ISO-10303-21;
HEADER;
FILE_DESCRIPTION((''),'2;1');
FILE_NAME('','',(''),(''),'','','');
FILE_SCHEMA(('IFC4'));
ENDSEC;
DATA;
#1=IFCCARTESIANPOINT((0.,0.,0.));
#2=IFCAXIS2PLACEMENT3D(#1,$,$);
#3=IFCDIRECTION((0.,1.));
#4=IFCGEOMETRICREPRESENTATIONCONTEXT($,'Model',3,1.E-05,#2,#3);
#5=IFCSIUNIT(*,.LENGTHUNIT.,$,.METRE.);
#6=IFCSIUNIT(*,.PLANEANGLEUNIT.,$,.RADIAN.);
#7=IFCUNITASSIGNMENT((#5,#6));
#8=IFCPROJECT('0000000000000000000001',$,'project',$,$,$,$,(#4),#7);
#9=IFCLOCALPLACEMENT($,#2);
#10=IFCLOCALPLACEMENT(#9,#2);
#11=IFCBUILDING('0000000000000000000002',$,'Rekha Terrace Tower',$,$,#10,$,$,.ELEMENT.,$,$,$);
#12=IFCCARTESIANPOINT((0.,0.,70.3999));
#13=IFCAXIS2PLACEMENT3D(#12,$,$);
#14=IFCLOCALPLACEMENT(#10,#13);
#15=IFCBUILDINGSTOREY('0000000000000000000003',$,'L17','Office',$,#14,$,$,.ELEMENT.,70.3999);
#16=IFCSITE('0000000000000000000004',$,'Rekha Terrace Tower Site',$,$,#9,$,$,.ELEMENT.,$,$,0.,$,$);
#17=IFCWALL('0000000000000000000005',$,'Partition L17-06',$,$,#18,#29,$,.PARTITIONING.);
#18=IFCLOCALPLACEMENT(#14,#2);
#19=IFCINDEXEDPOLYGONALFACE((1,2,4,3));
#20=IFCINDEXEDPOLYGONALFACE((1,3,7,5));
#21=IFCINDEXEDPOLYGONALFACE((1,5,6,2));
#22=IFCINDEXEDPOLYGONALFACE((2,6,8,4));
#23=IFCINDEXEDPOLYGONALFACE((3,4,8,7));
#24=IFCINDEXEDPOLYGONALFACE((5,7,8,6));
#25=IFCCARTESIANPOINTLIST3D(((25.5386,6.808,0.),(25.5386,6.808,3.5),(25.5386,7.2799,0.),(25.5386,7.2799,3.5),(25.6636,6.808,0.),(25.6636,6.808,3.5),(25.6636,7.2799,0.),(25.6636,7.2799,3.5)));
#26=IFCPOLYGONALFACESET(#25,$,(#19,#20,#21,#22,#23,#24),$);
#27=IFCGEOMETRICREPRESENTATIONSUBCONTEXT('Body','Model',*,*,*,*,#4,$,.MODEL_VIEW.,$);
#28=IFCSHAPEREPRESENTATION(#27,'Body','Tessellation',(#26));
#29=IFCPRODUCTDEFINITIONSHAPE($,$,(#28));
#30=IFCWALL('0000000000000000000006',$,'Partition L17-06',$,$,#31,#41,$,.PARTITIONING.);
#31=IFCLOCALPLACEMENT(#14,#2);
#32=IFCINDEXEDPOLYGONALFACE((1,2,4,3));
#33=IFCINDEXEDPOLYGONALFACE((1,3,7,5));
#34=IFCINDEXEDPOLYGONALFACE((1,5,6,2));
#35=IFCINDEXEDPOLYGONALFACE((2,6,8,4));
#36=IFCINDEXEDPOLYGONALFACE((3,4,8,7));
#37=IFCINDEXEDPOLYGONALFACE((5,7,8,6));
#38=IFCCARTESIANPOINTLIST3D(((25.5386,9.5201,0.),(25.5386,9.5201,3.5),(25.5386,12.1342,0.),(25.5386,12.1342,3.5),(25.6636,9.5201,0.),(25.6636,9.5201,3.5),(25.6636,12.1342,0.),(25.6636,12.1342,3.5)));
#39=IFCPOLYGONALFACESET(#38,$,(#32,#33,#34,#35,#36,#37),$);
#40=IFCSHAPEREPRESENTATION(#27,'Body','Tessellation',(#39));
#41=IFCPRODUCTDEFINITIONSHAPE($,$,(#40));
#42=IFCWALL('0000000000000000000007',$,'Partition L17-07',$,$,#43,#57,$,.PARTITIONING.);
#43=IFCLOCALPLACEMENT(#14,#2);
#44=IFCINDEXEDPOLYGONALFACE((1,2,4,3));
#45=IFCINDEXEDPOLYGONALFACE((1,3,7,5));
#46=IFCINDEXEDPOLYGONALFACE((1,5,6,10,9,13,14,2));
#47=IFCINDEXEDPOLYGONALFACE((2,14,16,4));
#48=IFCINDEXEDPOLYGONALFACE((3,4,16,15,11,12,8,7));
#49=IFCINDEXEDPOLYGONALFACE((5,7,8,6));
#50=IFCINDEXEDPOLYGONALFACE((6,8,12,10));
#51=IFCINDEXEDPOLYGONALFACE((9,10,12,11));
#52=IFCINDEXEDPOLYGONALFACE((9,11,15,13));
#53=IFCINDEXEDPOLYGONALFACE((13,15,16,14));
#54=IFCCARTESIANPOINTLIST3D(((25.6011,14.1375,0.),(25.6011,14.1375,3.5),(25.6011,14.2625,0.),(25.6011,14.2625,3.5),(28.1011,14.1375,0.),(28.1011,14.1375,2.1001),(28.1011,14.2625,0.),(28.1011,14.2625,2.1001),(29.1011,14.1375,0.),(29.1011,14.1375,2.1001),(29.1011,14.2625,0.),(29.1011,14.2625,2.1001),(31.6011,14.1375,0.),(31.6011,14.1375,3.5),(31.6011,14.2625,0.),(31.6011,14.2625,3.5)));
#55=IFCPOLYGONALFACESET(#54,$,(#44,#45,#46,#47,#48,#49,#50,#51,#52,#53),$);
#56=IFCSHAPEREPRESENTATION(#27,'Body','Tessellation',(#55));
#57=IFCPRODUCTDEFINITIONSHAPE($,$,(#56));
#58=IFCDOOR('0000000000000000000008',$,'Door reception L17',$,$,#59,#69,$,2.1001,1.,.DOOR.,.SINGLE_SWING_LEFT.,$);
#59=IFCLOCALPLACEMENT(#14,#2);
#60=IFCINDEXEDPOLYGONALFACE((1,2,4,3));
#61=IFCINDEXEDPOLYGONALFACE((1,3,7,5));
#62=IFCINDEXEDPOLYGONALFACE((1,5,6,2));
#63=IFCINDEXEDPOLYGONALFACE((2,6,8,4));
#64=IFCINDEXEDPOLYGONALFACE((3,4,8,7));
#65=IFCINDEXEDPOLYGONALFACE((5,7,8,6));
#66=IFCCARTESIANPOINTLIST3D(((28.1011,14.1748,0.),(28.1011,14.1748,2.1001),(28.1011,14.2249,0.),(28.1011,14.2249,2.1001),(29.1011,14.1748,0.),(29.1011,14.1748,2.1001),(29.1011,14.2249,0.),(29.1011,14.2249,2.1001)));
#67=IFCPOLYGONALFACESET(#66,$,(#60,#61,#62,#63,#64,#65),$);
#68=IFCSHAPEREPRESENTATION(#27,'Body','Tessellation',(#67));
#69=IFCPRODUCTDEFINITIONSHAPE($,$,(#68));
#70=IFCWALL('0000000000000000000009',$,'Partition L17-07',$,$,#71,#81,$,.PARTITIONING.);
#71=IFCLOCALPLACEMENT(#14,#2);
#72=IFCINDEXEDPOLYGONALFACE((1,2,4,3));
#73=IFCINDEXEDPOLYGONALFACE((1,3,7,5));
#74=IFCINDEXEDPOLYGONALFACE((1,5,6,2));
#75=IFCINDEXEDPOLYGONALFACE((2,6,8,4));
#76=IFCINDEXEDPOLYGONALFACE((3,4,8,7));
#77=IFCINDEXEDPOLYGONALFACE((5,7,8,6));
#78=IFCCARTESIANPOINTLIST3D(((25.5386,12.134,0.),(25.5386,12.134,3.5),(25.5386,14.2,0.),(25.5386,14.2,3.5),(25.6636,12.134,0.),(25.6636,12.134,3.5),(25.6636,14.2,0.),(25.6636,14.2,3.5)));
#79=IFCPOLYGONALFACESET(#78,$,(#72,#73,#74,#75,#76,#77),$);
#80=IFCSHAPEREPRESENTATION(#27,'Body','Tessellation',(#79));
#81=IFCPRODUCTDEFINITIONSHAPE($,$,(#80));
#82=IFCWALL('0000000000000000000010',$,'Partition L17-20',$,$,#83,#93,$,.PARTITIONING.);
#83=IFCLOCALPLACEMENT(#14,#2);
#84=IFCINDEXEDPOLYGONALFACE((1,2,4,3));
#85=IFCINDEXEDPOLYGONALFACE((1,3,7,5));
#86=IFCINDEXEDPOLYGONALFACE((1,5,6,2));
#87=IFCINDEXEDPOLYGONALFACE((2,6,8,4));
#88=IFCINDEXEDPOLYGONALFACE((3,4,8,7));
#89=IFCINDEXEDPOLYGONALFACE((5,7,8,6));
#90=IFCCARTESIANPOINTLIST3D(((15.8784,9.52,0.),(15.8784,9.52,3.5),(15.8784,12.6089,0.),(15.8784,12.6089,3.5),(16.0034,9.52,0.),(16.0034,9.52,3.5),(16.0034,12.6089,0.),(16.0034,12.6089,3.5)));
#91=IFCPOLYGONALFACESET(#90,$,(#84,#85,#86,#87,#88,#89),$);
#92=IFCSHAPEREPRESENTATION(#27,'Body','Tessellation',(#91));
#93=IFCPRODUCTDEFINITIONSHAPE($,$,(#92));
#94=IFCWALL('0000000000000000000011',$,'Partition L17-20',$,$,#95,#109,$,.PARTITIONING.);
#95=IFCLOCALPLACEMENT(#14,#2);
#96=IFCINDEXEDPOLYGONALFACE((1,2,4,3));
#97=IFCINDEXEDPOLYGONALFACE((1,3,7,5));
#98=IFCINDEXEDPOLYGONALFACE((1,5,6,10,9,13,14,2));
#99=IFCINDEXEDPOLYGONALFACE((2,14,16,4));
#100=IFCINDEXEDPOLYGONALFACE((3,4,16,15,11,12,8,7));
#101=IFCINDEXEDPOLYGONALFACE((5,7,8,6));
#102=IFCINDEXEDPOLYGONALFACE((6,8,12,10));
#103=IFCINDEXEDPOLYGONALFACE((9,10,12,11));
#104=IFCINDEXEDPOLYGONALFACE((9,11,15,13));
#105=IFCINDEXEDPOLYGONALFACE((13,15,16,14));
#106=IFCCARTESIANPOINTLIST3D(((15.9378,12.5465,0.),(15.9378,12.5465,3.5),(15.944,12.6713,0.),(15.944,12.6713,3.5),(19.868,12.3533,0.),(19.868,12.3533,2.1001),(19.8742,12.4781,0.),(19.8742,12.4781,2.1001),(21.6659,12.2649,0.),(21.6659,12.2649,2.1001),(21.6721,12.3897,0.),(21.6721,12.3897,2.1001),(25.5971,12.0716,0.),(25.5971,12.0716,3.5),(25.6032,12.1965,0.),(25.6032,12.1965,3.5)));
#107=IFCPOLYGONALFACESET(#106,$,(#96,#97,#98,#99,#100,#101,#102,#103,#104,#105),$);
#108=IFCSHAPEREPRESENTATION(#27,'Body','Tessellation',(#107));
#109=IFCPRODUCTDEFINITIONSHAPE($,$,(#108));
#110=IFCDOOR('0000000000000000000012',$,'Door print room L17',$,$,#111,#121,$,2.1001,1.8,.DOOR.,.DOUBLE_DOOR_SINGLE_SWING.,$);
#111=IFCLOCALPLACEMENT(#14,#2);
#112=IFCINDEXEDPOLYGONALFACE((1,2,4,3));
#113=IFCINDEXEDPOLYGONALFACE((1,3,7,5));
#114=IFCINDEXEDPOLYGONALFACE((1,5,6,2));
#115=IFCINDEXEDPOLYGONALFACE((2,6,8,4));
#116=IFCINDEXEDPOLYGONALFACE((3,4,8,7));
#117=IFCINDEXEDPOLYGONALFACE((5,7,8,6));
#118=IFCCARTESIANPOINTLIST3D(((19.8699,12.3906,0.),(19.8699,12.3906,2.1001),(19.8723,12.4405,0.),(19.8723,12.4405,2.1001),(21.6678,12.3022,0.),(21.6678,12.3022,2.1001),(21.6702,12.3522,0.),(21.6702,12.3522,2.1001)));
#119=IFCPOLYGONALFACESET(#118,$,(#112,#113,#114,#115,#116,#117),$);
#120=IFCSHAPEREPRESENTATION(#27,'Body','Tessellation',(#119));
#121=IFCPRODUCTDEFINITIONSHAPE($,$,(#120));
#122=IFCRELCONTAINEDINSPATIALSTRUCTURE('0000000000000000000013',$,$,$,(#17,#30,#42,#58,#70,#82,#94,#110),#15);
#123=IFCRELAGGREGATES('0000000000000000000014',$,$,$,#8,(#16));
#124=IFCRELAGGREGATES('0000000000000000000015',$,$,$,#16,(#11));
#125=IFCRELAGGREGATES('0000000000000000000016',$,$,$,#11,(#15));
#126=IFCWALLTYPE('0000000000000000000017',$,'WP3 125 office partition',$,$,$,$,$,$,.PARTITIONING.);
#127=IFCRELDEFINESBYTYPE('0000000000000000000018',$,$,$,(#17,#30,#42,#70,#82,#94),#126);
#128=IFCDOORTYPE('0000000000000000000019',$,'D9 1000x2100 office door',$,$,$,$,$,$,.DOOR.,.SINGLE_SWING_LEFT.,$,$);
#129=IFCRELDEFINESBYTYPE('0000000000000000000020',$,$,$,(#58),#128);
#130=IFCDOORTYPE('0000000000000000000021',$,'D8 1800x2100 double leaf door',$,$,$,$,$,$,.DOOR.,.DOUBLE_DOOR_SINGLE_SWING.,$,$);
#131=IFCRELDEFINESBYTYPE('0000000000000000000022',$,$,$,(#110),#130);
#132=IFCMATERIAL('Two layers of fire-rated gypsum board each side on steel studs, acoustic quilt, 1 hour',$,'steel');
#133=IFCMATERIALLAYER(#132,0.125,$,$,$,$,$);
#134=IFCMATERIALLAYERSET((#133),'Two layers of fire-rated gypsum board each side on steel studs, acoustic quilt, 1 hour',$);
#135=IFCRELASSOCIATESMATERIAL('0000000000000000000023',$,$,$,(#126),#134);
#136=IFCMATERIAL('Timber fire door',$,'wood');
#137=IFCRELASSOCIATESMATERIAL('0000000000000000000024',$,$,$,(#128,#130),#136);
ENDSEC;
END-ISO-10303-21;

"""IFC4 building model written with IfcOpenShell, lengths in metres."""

from ifc_helpers import new_model, si_unit, direction, frame, frame_2d, origin, place, context, subcontext, project, spatial, rectangle, extrude, material, layer, layer_set, type_object, element, fill, save


model = new_model("IFC4")

# Units and contexts
model_context = context("Model", 3, precision=1e-05, world=origin(), true_north=direction((0.0, 1.0)))
body_context = subcontext(model_context, "Body", "Model", "MODEL_VIEW")
ifc_project = project(units=[si_unit("LENGTHUNIT", "METRE"), si_unit("PLANEANGLEUNIT", "RADIAN")], contexts=[model_context])

# Site, building, storey
site_placement = place(None, origin())
site = spatial("IfcSite", under=ifc_project, at=site_placement, Name="Rekha Terrace Tower Site", CompositionType="ELEMENT", RefElevation=0.0)
building_placement = place(site_placement, origin())
building = spatial("IfcBuilding", under=site, at=building_placement, Name="Rekha Terrace Tower", CompositionType="ELEMENT")
storey_placement = place(building_placement, frame((0.0, 0.0, 70.3999)))
storey = spatial("IfcBuildingStorey", under=building, at=storey_placement, Name="L17", Description="Office", CompositionType="ELEMENT", Elevation=70.3999)

# Walls
ifc_material_1 = material(Name="Two layers of fire-rated gypsum board each side on steel studs, acoustic quilt, 1 hour", Category="steel")
ifc_layer_1 = layer(ifc_material_1, 0.125)
ifc_layer_set_1 = layer_set([ifc_layer_1], Name="Two layers of fire-rated gypsum board each side on steel studs, acoustic quilt, 1 hour")
wall_type_1 = type_object("IfcWallType", Name="WP3 125 office partition", PredefinedType="PARTITIONING", material=ifc_layer_set_1)
wall_1_placement = place(storey_placement, frame((25.6011, 6.8081, 0.0), z_axis=(0.0, 0.0, 1.0), x_axis=(0.0, 1.0, 0.0)))
element("IfcWall", 1, at=wall_1_placement, inside=storey, type_object=wall_type_1, Name="Partition L17-06", PredefinedType="PARTITIONING", context=body_context, shape_type="SweptSolid", body=[
    extrude(rectangle(XDim=0.4719, YDim=0.125, at=frame_2d((0.2358, 0.0))), origin(), (0.0, 0.0, 1.0), 3.5),
])
wall_2_placement = place(storey_placement, frame((25.6011, 9.52, 0.0), z_axis=(0.0, 0.0, 1.0), x_axis=(0.0, 1.0, 0.0)))
element("IfcWall", 2, at=wall_2_placement, inside=storey, type_object=wall_type_1, Name="Partition L17-06", PredefinedType="PARTITIONING", context=body_context, shape_type="SweptSolid", body=[
    extrude(rectangle(XDim=2.614, YDim=0.125, at=frame_2d((1.3071, 0.0))), origin(), (0.0, 0.0, 1.0), 3.5),
])

# Wall, opening, door
wall_3_placement = place(storey_placement, frame((25.6011, 14.2, 0.0), z_axis=(0.0, 0.0, 1.0), x_axis=(1.0, 0.0, 0.0)))
wall_3 = element("IfcWall", 3, at=wall_3_placement, inside=storey, type_object=wall_type_1, Name="Partition L17-07", PredefinedType="PARTITIONING", context=body_context, shape_type="SweptSolid", body=[
    extrude(rectangle(XDim=6.0, YDim=0.125, at=frame_2d((3.0, 0.0))), origin(), (0.0, 0.0, 1.0), 3.5),
])
opening_1_placement = place(wall_3_placement, frame((2.5, 0.0, 0.0)))
opening_1 = element("IfcOpeningElement", 4, at=opening_1_placement, cuts=wall_3, PredefinedType="OPENING", context=body_context, shape_type="SweptSolid", body=[
    extrude(rectangle(XDim=1.0, YDim=2.1001, at=frame_2d((0.5, 1.05))), frame((0.0, 0.0725, 0.0), z_axis=(0.0, -1.0, 0.0), x_axis=(1.0, 0.0, 0.0)), (0.0, 0.0, 1.0), 0.145),
])
ifc_material_2 = material(Name="Timber fire door", Category="wood")
door_type_1 = type_object("IfcDoorType", Name="D9 1000x2100 office door", OperationType="SINGLE_SWING_LEFT", PredefinedType="DOOR", material=ifc_material_2)
door_1_placement = place(opening_1_placement, origin())
door_1 = element("IfcDoor", 5, at=door_1_placement, inside=storey, type_object=door_type_1, Name="Door reception L17", OperationType="SINGLE_SWING_LEFT", OverallHeight=2.1001, OverallWidth=1.0, PredefinedType="DOOR", context=body_context, shape_type="SweptSolid", body=[
    extrude(rectangle(XDim=1.0, YDim=2.1001, at=frame_2d((0.5, 1.05))), frame((0.0, 0.0249, 0.0), z_axis=(0.0, -1.0, 0.0), x_axis=(1.0, 0.0, 0.0)), (0.0, 0.0, 1.0), 0.05),
])
fill(opening_1, door_1)

# Walls
wall_4_placement = place(storey_placement, frame((25.6011, 12.134, 0.0), z_axis=(0.0, 0.0, 1.0), x_axis=(0.0, 1.0, 0.0)))
element("IfcWall", 6, at=wall_4_placement, inside=storey, type_object=wall_type_1, Name="Partition L17-07", PredefinedType="PARTITIONING", context=body_context, shape_type="SweptSolid", body=[
    extrude(rectangle(XDim=2.0659, YDim=0.125, at=frame_2d((1.033, 0.0))), origin(), (0.0, 0.0, 1.0), 3.5),
])
wall_5_placement = place(storey_placement, frame((15.9409, 9.52, 0.0), z_axis=(0.0, 0.0, 1.0), x_axis=(0.0, 1.0, 0.0)))
element("IfcWall", 7, at=wall_5_placement, inside=storey, type_object=wall_type_1, Name="Partition L17-20", PredefinedType="PARTITIONING", context=body_context, shape_type="SweptSolid", body=[
    extrude(rectangle(XDim=3.0889, YDim=0.125, at=frame_2d((1.5444, 0.0))), origin(), (0.0, 0.0, 1.0), 3.5),
])

# Wall, opening, door
wall_6_placement = place(storey_placement, frame((15.9409, 12.6089, 0.0), z_axis=(0.0, 0.0, 1.0), x_axis=(0.998794, -0.049102, 0.0)))
wall_6 = element("IfcWall", 8, at=wall_6_placement, inside=storey, type_object=wall_type_1, Name="Partition L17-20", PredefinedType="PARTITIONING", context=body_context, shape_type="SweptSolid", body=[
    extrude(rectangle(XDim=9.6709, YDim=0.125, at=frame_2d((4.8354, 0.0))), origin(), (0.0, 0.0, 1.0), 3.5),
])
opening_2_placement = place(wall_6_placement, frame((3.9351, 0.0, 0.0)))
opening_2 = element("IfcOpeningElement", 9, at=opening_2_placement, cuts=wall_6, PredefinedType="OPENING", context=body_context, shape_type="SweptSolid", body=[
    extrude(rectangle(XDim=1.8, YDim=2.1001, at=frame_2d((0.8999, 1.05))), frame((0.0, 0.0725, 0.0), z_axis=(0.0, -1.0, 0.0), x_axis=(1.0, 0.0, 0.0)), (0.0, 0.0, 1.0), 0.145),
])
door_type_2 = type_object("IfcDoorType", Name="D8 1800x2100 double leaf door", OperationType="DOUBLE_DOOR_SINGLE_SWING", PredefinedType="DOOR", material=ifc_material_2)
door_2_placement = place(opening_2_placement, origin())
door_2 = element("IfcDoor", 10, at=door_2_placement, inside=storey, type_object=door_type_2, Name="Door print room L17", OperationType="DOUBLE_DOOR_SINGLE_SWING", OverallHeight=2.1001, OverallWidth=1.8, PredefinedType="DOOR", context=body_context, shape_type="SweptSolid", body=[
    extrude(rectangle(XDim=1.8, YDim=2.1001, at=frame_2d((0.8999, 1.05))), frame((0.0, 0.0249, 0.0), z_axis=(0.0, -1.0, 0.0), x_axis=(1.0, 0.0, 0.0)), (0.0, 0.0, 1.0), 0.05),
])
fill(opening_2, door_2)

save(model, "model.ifc")
